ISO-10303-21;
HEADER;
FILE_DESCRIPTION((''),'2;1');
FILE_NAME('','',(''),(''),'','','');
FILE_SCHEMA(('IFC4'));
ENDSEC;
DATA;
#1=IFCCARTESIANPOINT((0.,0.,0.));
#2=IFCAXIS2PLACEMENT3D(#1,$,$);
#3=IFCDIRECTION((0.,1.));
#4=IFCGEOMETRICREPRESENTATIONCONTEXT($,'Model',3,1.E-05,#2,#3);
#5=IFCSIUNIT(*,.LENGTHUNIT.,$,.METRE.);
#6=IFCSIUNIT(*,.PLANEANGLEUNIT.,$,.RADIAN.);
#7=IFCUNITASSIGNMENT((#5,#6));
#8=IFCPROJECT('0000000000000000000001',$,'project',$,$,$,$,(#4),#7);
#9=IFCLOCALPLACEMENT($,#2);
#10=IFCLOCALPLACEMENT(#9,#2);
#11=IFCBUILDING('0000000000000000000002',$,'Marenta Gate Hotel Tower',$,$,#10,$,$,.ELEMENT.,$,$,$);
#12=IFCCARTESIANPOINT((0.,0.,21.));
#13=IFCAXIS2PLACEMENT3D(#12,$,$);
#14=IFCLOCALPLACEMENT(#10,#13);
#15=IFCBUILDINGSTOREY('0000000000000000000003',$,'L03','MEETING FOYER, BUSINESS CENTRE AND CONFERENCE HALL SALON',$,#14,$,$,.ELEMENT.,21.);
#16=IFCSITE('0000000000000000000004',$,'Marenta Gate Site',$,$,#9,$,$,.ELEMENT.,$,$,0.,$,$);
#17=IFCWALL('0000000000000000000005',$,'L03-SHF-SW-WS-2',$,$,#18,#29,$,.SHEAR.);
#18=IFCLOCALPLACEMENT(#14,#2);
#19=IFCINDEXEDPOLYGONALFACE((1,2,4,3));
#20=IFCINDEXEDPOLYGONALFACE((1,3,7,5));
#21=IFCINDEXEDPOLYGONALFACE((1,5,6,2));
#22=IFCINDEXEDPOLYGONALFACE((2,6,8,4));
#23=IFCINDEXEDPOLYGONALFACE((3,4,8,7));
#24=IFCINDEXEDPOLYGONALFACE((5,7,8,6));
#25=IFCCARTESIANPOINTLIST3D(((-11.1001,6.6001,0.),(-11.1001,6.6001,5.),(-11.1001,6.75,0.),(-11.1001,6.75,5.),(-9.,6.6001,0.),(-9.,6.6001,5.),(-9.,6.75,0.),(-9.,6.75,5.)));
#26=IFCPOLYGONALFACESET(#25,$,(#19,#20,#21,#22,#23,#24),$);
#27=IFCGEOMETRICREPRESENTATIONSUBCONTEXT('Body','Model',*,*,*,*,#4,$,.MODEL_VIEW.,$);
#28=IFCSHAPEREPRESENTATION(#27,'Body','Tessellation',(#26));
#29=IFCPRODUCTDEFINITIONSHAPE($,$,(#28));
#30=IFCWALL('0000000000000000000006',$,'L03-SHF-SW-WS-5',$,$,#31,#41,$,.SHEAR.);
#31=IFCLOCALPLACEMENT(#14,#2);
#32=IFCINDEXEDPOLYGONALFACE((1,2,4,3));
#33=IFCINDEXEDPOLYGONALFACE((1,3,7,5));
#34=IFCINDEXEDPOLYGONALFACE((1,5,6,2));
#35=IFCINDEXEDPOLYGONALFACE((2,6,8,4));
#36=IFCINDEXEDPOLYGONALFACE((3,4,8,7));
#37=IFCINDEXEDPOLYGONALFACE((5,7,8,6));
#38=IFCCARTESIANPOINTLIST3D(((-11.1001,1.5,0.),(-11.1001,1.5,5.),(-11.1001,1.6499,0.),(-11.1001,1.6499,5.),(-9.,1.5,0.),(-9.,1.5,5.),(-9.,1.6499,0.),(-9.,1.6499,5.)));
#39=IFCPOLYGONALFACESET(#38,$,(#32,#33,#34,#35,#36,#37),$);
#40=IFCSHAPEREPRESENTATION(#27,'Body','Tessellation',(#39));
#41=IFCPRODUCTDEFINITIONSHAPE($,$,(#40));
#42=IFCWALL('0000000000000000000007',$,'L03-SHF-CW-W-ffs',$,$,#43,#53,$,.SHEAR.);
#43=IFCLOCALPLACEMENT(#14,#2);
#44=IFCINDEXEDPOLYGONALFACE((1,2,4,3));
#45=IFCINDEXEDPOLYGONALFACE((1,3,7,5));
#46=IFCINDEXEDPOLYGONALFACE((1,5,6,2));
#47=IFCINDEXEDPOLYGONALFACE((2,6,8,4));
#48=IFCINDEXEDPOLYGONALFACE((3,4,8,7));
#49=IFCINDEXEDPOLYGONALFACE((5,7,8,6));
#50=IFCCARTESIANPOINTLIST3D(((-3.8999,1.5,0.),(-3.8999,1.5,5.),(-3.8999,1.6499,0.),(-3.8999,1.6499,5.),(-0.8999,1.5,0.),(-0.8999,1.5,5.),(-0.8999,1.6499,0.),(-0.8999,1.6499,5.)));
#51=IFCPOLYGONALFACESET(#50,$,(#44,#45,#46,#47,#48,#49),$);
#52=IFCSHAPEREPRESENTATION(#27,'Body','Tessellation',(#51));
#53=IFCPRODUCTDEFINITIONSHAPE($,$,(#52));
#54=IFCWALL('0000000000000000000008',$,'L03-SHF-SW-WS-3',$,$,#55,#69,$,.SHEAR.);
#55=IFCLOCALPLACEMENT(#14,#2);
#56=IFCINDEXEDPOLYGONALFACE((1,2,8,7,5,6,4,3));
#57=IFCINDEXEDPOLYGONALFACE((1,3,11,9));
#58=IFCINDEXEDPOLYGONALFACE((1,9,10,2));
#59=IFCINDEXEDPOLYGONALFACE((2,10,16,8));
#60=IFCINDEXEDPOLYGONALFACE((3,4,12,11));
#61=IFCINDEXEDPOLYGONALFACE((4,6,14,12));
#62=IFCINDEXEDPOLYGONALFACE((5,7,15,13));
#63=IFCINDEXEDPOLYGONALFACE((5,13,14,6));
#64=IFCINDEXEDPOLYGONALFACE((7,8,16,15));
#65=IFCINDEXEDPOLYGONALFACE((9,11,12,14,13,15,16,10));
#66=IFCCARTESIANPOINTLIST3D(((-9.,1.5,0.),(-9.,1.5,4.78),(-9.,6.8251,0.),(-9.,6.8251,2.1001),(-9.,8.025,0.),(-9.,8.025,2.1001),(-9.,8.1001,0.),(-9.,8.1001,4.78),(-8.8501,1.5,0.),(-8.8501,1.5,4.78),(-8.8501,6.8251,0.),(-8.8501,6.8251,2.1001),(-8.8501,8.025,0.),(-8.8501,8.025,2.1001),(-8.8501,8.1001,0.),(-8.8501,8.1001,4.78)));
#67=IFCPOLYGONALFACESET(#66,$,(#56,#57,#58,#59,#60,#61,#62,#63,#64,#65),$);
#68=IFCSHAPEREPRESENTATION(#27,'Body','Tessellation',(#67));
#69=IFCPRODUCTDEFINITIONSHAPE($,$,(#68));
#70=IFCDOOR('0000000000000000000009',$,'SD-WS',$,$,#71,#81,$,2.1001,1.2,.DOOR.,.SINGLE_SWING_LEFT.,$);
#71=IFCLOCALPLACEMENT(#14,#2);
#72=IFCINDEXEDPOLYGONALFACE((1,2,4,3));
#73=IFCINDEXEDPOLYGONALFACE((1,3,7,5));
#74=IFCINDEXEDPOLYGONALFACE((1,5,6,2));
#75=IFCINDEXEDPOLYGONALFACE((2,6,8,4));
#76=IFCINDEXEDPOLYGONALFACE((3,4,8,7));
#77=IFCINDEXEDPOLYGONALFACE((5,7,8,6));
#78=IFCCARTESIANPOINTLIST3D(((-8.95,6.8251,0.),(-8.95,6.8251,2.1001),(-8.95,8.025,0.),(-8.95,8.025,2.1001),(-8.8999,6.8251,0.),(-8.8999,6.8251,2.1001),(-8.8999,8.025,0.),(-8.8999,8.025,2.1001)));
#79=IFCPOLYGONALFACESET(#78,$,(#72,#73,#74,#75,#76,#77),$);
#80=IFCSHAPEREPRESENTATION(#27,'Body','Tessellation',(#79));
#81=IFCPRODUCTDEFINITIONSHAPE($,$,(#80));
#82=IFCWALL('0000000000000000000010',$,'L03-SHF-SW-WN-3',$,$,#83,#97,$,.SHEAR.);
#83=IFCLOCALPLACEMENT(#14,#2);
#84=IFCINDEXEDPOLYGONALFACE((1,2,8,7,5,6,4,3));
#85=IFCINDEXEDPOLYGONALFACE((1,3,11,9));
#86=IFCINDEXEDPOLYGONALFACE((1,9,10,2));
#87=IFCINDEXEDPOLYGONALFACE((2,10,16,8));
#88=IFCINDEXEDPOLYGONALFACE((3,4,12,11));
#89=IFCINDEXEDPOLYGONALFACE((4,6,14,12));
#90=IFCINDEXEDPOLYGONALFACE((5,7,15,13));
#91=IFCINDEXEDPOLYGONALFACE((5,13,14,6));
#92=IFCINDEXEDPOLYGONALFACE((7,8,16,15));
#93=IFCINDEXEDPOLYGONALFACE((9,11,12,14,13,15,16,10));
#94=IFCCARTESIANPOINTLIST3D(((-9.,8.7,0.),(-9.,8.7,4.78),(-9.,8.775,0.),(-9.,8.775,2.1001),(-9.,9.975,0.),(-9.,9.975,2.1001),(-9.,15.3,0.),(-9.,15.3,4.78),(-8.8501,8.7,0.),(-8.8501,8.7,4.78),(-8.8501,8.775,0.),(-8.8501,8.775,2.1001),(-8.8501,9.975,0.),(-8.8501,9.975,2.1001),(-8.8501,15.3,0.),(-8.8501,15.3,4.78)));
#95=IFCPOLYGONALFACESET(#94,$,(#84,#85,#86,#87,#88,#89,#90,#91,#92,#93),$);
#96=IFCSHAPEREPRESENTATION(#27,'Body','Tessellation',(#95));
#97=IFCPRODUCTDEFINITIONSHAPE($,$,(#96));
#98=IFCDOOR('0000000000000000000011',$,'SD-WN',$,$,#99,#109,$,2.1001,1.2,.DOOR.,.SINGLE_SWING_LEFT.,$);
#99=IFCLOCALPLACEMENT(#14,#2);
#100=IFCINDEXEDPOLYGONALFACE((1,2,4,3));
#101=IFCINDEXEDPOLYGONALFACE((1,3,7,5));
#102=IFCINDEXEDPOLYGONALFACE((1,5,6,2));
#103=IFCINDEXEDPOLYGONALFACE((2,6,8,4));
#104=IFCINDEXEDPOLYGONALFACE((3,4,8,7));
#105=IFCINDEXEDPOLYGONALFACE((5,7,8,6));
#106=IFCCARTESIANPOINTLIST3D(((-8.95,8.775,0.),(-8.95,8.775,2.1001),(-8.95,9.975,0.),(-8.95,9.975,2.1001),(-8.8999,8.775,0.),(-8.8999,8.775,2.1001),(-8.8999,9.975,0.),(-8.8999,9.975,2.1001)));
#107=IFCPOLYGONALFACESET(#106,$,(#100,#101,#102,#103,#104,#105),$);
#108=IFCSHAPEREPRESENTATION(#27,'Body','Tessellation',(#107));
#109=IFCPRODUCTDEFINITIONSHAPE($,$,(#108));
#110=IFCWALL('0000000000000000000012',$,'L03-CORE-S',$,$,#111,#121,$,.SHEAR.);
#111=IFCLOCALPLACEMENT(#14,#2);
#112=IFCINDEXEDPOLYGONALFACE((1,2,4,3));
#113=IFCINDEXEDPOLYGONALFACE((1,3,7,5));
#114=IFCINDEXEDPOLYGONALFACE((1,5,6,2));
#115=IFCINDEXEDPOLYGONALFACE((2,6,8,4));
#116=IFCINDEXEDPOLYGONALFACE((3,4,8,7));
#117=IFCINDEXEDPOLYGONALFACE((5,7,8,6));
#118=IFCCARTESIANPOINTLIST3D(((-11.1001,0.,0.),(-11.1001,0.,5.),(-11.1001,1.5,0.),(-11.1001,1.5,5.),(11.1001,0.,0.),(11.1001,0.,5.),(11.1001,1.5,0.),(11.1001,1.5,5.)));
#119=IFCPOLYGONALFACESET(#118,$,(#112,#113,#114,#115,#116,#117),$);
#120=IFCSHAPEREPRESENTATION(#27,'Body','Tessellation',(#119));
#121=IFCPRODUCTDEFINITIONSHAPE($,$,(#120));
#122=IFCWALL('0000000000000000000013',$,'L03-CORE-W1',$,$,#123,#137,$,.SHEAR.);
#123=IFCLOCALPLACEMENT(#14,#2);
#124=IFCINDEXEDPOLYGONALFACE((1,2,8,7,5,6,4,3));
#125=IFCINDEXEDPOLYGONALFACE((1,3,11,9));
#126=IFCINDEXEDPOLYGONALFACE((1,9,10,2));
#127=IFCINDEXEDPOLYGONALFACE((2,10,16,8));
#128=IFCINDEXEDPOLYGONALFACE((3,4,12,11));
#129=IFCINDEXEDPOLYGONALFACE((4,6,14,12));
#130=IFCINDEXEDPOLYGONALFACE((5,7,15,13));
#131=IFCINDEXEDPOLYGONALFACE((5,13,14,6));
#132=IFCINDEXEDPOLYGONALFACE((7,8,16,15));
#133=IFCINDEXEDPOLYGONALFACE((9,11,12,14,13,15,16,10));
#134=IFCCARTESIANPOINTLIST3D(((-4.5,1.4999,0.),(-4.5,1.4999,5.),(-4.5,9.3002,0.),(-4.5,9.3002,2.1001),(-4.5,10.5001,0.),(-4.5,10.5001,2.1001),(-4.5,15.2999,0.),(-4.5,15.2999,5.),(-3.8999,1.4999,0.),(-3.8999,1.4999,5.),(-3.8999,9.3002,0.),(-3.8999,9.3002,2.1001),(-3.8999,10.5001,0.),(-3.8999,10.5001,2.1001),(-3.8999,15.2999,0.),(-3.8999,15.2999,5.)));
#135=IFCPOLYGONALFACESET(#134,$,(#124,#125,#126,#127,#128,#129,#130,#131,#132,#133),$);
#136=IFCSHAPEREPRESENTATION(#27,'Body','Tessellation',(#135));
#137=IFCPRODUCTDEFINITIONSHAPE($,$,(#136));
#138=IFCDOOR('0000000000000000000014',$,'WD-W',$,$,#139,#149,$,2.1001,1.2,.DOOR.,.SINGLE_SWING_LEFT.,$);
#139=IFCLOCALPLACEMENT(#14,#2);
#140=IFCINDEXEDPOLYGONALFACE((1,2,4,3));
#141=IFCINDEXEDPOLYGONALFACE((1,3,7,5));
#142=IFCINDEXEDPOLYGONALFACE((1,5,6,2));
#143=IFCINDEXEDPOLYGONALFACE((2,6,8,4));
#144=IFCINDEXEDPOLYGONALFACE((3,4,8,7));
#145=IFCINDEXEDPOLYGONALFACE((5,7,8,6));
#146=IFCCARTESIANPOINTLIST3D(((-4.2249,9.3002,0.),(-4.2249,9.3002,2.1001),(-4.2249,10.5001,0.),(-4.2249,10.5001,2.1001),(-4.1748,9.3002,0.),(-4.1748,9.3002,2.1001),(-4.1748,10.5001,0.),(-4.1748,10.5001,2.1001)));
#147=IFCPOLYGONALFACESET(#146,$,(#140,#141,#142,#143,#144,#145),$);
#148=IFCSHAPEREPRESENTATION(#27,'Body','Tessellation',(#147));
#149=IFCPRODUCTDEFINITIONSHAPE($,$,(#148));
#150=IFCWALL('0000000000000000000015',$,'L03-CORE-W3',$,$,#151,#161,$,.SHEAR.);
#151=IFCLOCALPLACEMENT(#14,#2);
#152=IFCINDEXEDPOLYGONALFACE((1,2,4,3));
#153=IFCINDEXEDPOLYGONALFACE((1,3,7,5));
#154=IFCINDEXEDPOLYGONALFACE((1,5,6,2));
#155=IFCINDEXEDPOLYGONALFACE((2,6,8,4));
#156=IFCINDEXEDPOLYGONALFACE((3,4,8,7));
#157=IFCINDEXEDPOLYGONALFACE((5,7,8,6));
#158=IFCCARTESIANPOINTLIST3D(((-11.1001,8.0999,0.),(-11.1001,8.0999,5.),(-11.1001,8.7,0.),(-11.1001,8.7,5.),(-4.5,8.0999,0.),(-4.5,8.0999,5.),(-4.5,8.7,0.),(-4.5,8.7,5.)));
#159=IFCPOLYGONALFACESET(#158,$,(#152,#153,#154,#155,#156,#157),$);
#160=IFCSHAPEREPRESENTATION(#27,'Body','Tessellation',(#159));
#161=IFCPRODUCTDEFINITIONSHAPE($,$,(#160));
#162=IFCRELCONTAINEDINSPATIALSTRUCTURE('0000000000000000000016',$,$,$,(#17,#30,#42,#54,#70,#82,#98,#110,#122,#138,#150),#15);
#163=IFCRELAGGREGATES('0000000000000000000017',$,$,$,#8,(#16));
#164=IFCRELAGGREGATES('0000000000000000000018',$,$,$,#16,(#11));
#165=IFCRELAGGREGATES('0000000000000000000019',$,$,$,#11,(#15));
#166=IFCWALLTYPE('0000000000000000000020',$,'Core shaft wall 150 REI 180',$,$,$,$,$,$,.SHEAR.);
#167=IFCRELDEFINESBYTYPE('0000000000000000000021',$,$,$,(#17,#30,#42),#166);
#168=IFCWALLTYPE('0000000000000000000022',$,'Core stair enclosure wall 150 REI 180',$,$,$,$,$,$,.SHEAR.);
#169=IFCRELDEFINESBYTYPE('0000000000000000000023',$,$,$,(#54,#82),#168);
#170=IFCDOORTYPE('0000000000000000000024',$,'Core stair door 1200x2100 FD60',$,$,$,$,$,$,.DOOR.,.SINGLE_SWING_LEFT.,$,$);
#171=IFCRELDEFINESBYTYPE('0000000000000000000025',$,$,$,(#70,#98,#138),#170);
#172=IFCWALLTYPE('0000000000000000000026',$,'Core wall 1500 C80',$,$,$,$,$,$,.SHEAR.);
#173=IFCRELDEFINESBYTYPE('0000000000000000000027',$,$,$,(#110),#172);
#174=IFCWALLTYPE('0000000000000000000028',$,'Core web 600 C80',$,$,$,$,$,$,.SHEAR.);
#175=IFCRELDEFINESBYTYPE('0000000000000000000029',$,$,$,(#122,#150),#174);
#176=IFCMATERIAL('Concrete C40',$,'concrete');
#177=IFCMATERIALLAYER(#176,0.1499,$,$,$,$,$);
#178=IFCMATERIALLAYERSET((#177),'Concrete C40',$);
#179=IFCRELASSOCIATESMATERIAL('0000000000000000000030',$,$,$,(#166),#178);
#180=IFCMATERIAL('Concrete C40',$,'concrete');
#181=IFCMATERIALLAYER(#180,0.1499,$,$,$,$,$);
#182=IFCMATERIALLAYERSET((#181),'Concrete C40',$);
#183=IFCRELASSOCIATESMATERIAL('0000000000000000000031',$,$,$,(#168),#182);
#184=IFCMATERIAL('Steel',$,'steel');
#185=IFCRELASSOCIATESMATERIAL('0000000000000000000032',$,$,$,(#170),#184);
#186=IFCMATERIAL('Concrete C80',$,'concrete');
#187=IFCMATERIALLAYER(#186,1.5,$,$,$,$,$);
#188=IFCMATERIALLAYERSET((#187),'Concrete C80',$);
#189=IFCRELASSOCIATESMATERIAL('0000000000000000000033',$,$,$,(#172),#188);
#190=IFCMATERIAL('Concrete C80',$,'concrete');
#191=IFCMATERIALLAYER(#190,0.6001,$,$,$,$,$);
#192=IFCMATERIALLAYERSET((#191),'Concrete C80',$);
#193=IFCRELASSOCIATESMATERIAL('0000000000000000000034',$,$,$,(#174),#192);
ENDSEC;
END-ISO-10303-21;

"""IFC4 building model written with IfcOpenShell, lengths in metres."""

from ifc_helpers import new_model, si_unit, direction, frame, frame_2d, origin, place, context, subcontext, project, spatial, rectangle, extrude, material, layer, layer_set, type_object, element, fill, save


model = new_model("IFC4")

# Units and contexts
model_context = context("Model", 3, precision=1e-05, world=origin(), true_north=direction((0.0, 1.0)))
body_context = subcontext(model_context, "Body", "Model", "MODEL_VIEW")
ifc_project = project(units=[si_unit("LENGTHUNIT", "METRE"), si_unit("PLANEANGLEUNIT", "RADIAN")], contexts=[model_context])

# Site, building, storey
site_placement = place(None, origin())
site = spatial("IfcSite", under=ifc_project, at=site_placement, Name="Marenta Gate Site", CompositionType="ELEMENT", RefElevation=0.0)
building_placement = place(site_placement, origin())
building = spatial("IfcBuilding", under=site, at=building_placement, Name="Marenta Gate Hotel Tower", CompositionType="ELEMENT")
storey_placement = place(building_placement, frame((0.0, 0.0, 21.0)))
storey = spatial("IfcBuildingStorey", under=building, at=storey_placement, Name="L03", Description="MEETING FOYER, BUSINESS CENTRE AND CONFERENCE HALL SALON", CompositionType="ELEMENT", Elevation=21.0)

# Walls
ifc_material_1 = material(Name="Concrete C40", Category="concrete")
ifc_layer_1 = layer(ifc_material_1, 0.1499)
ifc_layer_set_1 = layer_set([ifc_layer_1], Name="Concrete C40")
wall_type_1 = type_object("IfcWallType", Name="Core shaft wall 150 REI 180", PredefinedType="SHEAR", material=ifc_layer_set_1)
for number, where, z_axis, x_axis, name in (
    (1, (-11.1001, 6.675, 0.0), (0.0, 0.0, 1.0), (1.0, 0.0, 0.0), "L03-SHF-SW-WS-2"),
    (2, (-11.1001, 1.575, 0.0), (0.0, 0.0, 1.0), (1.0, 0.0, 0.0), "L03-SHF-SW-WS-5"),
):
    element("IfcWall", number, at=place(storey_placement, frame(where, z_axis=z_axis, x_axis=x_axis)), inside=storey, type_object=wall_type_1, Name=name, PredefinedType="SHEAR", context=body_context, shape_type="SweptSolid", body=[
        extrude(rectangle(XDim=2.1001, YDim=0.1499, at=frame_2d((1.05, 0.0))), origin(), (0.0, 0.0, 1.0), 5.0),
    ])
wall_1_placement = place(storey_placement, frame((-3.8999, 1.575, 0.0), z_axis=(0.0, 0.0, 1.0), x_axis=(1.0, 0.0, 0.0)))
element("IfcWall", 3, at=wall_1_placement, inside=storey, type_object=wall_type_1, Name="L03-SHF-CW-W-ffs", PredefinedType="SHEAR", context=body_context, shape_type="SweptSolid", body=[
    extrude(rectangle(XDim=3.0, YDim=0.1499, at=frame_2d((1.5, 0.0))), origin(), (0.0, 0.0, 1.0), 5.0),
])

# Walls, openings, doors
ifc_material_2 = material(Name="Concrete C40", Category="concrete")
ifc_layer_2 = layer(ifc_material_2, 0.1499)
ifc_layer_set_2 = layer_set([ifc_layer_2], Name="Concrete C40")
wall_type_2 = type_object("IfcWallType", Name="Core stair enclosure wall 150 REI 180", PredefinedType="SHEAR", material=ifc_layer_set_2)
wall_2_placement = place(storey_placement, frame((-8.925, 1.5, 0.0), z_axis=(0.0, 0.0, 1.0), x_axis=(0.0, 1.0, 0.0)))
wall_2 = element("IfcWall", 4, at=wall_2_placement, inside=storey, type_object=wall_type_2, Name="L03-SHF-SW-WS-3", PredefinedType="SHEAR", context=body_context, shape_type="SweptSolid", body=[
    extrude(rectangle(XDim=6.6001, YDim=0.1499, at=frame_2d((3.3, 0.0))), origin(), (0.0, 0.0, 1.0), 4.78),
])
opening_1_placement = place(wall_2_placement, frame((5.325, 0.0, 0.0)))
opening_1 = element("IfcOpeningElement", 5, at=opening_1_placement, cuts=wall_2, PredefinedType="OPENING", context=body_context, shape_type="SweptSolid", body=[
    extrude(rectangle(XDim=1.2, YDim=2.1001, at=frame_2d((0.6001, 1.05))), frame((0.0, 0.075, 0.0), z_axis=(0.0, -1.0, 0.0), x_axis=(1.0, 0.0, 0.0)), (0.0, 0.0, 1.0), 0.1499),
])
ifc_material_3 = material(Name="Steel", Category="steel")
door_type = type_object("IfcDoorType", Name="Core stair door 1200x2100 FD60", OperationType="SINGLE_SWING_LEFT", PredefinedType="DOOR", material=ifc_material_3)
door_1_placement = place(opening_1_placement, origin())
door_1 = element("IfcDoor", 6, at=door_1_placement, inside=storey, type_object=door_type, Name="SD-WS", OperationType="SINGLE_SWING_LEFT", OverallHeight=2.1001, OverallWidth=1.2, PredefinedType="DOOR", context=body_context, shape_type="SweptSolid", body=[
    extrude(rectangle(XDim=1.2, YDim=2.1001, at=frame_2d((0.6001, 1.05))), frame((0.0, 0.0249, 0.0), z_axis=(0.0, -1.0, 0.0), x_axis=(1.0, 0.0, 0.0)), (0.0, 0.0, 1.0), 0.05),
])
fill(opening_1, door_1)
wall_3_placement = place(storey_placement, frame((-8.925, 8.7, 0.0), z_axis=(0.0, 0.0, 1.0), x_axis=(0.0, 1.0, 0.0)))
wall_3 = element("IfcWall", 7, at=wall_3_placement, inside=storey, type_object=wall_type_2, Name="L03-SHF-SW-WN-3", PredefinedType="SHEAR", context=body_context, shape_type="SweptSolid", body=[
    extrude(rectangle(XDim=6.6001, YDim=0.1499, at=frame_2d((3.3, 0.0))), origin(), (0.0, 0.0, 1.0), 4.78),
])
opening_2_placement = place(wall_3_placement, frame((0.075, 0.0, 0.0)))
opening_2 = element("IfcOpeningElement", 8, at=opening_2_placement, cuts=wall_3, PredefinedType="OPENING", context=body_context, shape_type="SweptSolid", body=[
    extrude(rectangle(XDim=1.2, YDim=2.1001, at=frame_2d((0.6001, 1.05))), frame((0.0, 0.075, 0.0), z_axis=(0.0, -1.0, 0.0), x_axis=(1.0, 0.0, 0.0)), (0.0, 0.0, 1.0), 0.1499),
])
door_2_placement = place(opening_2_placement, origin())
door_2 = element("IfcDoor", 9, at=door_2_placement, inside=storey, type_object=door_type, Name="SD-WN", OperationType="SINGLE_SWING_LEFT", OverallHeight=2.1001, OverallWidth=1.2, PredefinedType="DOOR", context=body_context, shape_type="SweptSolid", body=[
    extrude(rectangle(XDim=1.2, YDim=2.1001, at=frame_2d((0.6001, 1.05))), frame((0.0, 0.0249, 0.0), z_axis=(0.0, -1.0, 0.0), x_axis=(1.0, 0.0, 0.0)), (0.0, 0.0, 1.0), 0.05),
])
fill(opening_2, door_2)

# Wall
ifc_material_4 = material(Name="Concrete C80", Category="concrete")
ifc_layer_3 = layer(ifc_material_4, 1.5)
ifc_layer_set_3 = layer_set([ifc_layer_3], Name="Concrete C80")
wall_type_3 = type_object("IfcWallType", Name="Core wall 1500 C80", PredefinedType="SHEAR", material=ifc_layer_set_3)
wall_4_placement = place(storey_placement, frame((-11.1001, 0.75, 0.0), z_axis=(0.0, 0.0, 1.0), x_axis=(1.0, 0.0, 0.0)))
element("IfcWall", 10, at=wall_4_placement, inside=storey, type_object=wall_type_3, Name="L03-CORE-S", PredefinedType="SHEAR", context=body_context, shape_type="SweptSolid", body=[
    extrude(rectangle(XDim=22.2002, YDim=1.5, at=frame_2d((11.1001, 0.0))), origin(), (0.0, 0.0, 1.0), 5.0),
])

# Wall, opening, door
ifc_material_5 = material(Name="Concrete C80", Category="concrete")
ifc_layer_4 = layer(ifc_material_5, 0.6001)
ifc_layer_set_4 = layer_set([ifc_layer_4], Name="Concrete C80")
wall_type_4 = type_object("IfcWallType", Name="Core web 600 C80", PredefinedType="SHEAR", material=ifc_layer_set_4)
wall_5_placement = place(storey_placement, frame((-4.2, 1.5, 0.0), z_axis=(0.0, 0.0, 1.0), x_axis=(0.0, 1.0, 0.0)))
wall_5 = element("IfcWall", 11, at=wall_5_placement, inside=storey, type_object=wall_type_4, Name="L03-CORE-W1", PredefinedType="SHEAR", context=body_context, shape_type="SweptSolid", body=[
    extrude(rectangle(XDim=13.8, YDim=0.6001, at=frame_2d((6.8999, 0.0))), origin(), (0.0, 0.0, 1.0), 5.0),
])
opening_3_placement = place(wall_5_placement, frame((7.8, 0.0, 0.0)))
opening_3 = element("IfcOpeningElement", 12, at=opening_3_placement, cuts=wall_5, PredefinedType="OPENING", context=body_context, shape_type="SweptSolid", body=[
    extrude(rectangle(XDim=1.2, YDim=2.1001, at=frame_2d((0.6001, 1.05))), frame((0.0, 0.3, 0.0), z_axis=(0.0, -1.0, 0.0), x_axis=(1.0, 0.0, 0.0)), (0.0, 0.0, 1.0), 0.6001),
])
door_3_placement = place(opening_3_placement, origin())
door_3 = element("IfcDoor", 13, at=door_3_placement, inside=storey, type_object=door_type, Name="WD-W", OperationType="SINGLE_SWING_LEFT", OverallHeight=2.1001, OverallWidth=1.2, PredefinedType="DOOR", context=body_context, shape_type="SweptSolid", body=[
    extrude(rectangle(XDim=1.2, YDim=2.1001, at=frame_2d((0.6001, 1.05))), frame((0.0, 0.0249, 0.0), z_axis=(0.0, -1.0, 0.0), x_axis=(1.0, 0.0, 0.0)), (0.0, 0.0, 1.0), 0.05),
])
fill(opening_3, door_3)

# Wall
wall_6_placement = place(storey_placement, frame((-11.1001, 8.3999, 0.0), z_axis=(0.0, 0.0, 1.0), x_axis=(1.0, 0.0, 0.0)))
element("IfcWall", 14, at=wall_6_placement, inside=storey, type_object=wall_type_4, Name="L03-CORE-W3", PredefinedType="SHEAR", context=body_context, shape_type="SweptSolid", body=[
    extrude(rectangle(XDim=6.6001, YDim=0.6001, at=frame_2d((3.3, 0.0))), origin(), (0.0, 0.0, 1.0), 5.0),
])

save(model, "model.ifc")
